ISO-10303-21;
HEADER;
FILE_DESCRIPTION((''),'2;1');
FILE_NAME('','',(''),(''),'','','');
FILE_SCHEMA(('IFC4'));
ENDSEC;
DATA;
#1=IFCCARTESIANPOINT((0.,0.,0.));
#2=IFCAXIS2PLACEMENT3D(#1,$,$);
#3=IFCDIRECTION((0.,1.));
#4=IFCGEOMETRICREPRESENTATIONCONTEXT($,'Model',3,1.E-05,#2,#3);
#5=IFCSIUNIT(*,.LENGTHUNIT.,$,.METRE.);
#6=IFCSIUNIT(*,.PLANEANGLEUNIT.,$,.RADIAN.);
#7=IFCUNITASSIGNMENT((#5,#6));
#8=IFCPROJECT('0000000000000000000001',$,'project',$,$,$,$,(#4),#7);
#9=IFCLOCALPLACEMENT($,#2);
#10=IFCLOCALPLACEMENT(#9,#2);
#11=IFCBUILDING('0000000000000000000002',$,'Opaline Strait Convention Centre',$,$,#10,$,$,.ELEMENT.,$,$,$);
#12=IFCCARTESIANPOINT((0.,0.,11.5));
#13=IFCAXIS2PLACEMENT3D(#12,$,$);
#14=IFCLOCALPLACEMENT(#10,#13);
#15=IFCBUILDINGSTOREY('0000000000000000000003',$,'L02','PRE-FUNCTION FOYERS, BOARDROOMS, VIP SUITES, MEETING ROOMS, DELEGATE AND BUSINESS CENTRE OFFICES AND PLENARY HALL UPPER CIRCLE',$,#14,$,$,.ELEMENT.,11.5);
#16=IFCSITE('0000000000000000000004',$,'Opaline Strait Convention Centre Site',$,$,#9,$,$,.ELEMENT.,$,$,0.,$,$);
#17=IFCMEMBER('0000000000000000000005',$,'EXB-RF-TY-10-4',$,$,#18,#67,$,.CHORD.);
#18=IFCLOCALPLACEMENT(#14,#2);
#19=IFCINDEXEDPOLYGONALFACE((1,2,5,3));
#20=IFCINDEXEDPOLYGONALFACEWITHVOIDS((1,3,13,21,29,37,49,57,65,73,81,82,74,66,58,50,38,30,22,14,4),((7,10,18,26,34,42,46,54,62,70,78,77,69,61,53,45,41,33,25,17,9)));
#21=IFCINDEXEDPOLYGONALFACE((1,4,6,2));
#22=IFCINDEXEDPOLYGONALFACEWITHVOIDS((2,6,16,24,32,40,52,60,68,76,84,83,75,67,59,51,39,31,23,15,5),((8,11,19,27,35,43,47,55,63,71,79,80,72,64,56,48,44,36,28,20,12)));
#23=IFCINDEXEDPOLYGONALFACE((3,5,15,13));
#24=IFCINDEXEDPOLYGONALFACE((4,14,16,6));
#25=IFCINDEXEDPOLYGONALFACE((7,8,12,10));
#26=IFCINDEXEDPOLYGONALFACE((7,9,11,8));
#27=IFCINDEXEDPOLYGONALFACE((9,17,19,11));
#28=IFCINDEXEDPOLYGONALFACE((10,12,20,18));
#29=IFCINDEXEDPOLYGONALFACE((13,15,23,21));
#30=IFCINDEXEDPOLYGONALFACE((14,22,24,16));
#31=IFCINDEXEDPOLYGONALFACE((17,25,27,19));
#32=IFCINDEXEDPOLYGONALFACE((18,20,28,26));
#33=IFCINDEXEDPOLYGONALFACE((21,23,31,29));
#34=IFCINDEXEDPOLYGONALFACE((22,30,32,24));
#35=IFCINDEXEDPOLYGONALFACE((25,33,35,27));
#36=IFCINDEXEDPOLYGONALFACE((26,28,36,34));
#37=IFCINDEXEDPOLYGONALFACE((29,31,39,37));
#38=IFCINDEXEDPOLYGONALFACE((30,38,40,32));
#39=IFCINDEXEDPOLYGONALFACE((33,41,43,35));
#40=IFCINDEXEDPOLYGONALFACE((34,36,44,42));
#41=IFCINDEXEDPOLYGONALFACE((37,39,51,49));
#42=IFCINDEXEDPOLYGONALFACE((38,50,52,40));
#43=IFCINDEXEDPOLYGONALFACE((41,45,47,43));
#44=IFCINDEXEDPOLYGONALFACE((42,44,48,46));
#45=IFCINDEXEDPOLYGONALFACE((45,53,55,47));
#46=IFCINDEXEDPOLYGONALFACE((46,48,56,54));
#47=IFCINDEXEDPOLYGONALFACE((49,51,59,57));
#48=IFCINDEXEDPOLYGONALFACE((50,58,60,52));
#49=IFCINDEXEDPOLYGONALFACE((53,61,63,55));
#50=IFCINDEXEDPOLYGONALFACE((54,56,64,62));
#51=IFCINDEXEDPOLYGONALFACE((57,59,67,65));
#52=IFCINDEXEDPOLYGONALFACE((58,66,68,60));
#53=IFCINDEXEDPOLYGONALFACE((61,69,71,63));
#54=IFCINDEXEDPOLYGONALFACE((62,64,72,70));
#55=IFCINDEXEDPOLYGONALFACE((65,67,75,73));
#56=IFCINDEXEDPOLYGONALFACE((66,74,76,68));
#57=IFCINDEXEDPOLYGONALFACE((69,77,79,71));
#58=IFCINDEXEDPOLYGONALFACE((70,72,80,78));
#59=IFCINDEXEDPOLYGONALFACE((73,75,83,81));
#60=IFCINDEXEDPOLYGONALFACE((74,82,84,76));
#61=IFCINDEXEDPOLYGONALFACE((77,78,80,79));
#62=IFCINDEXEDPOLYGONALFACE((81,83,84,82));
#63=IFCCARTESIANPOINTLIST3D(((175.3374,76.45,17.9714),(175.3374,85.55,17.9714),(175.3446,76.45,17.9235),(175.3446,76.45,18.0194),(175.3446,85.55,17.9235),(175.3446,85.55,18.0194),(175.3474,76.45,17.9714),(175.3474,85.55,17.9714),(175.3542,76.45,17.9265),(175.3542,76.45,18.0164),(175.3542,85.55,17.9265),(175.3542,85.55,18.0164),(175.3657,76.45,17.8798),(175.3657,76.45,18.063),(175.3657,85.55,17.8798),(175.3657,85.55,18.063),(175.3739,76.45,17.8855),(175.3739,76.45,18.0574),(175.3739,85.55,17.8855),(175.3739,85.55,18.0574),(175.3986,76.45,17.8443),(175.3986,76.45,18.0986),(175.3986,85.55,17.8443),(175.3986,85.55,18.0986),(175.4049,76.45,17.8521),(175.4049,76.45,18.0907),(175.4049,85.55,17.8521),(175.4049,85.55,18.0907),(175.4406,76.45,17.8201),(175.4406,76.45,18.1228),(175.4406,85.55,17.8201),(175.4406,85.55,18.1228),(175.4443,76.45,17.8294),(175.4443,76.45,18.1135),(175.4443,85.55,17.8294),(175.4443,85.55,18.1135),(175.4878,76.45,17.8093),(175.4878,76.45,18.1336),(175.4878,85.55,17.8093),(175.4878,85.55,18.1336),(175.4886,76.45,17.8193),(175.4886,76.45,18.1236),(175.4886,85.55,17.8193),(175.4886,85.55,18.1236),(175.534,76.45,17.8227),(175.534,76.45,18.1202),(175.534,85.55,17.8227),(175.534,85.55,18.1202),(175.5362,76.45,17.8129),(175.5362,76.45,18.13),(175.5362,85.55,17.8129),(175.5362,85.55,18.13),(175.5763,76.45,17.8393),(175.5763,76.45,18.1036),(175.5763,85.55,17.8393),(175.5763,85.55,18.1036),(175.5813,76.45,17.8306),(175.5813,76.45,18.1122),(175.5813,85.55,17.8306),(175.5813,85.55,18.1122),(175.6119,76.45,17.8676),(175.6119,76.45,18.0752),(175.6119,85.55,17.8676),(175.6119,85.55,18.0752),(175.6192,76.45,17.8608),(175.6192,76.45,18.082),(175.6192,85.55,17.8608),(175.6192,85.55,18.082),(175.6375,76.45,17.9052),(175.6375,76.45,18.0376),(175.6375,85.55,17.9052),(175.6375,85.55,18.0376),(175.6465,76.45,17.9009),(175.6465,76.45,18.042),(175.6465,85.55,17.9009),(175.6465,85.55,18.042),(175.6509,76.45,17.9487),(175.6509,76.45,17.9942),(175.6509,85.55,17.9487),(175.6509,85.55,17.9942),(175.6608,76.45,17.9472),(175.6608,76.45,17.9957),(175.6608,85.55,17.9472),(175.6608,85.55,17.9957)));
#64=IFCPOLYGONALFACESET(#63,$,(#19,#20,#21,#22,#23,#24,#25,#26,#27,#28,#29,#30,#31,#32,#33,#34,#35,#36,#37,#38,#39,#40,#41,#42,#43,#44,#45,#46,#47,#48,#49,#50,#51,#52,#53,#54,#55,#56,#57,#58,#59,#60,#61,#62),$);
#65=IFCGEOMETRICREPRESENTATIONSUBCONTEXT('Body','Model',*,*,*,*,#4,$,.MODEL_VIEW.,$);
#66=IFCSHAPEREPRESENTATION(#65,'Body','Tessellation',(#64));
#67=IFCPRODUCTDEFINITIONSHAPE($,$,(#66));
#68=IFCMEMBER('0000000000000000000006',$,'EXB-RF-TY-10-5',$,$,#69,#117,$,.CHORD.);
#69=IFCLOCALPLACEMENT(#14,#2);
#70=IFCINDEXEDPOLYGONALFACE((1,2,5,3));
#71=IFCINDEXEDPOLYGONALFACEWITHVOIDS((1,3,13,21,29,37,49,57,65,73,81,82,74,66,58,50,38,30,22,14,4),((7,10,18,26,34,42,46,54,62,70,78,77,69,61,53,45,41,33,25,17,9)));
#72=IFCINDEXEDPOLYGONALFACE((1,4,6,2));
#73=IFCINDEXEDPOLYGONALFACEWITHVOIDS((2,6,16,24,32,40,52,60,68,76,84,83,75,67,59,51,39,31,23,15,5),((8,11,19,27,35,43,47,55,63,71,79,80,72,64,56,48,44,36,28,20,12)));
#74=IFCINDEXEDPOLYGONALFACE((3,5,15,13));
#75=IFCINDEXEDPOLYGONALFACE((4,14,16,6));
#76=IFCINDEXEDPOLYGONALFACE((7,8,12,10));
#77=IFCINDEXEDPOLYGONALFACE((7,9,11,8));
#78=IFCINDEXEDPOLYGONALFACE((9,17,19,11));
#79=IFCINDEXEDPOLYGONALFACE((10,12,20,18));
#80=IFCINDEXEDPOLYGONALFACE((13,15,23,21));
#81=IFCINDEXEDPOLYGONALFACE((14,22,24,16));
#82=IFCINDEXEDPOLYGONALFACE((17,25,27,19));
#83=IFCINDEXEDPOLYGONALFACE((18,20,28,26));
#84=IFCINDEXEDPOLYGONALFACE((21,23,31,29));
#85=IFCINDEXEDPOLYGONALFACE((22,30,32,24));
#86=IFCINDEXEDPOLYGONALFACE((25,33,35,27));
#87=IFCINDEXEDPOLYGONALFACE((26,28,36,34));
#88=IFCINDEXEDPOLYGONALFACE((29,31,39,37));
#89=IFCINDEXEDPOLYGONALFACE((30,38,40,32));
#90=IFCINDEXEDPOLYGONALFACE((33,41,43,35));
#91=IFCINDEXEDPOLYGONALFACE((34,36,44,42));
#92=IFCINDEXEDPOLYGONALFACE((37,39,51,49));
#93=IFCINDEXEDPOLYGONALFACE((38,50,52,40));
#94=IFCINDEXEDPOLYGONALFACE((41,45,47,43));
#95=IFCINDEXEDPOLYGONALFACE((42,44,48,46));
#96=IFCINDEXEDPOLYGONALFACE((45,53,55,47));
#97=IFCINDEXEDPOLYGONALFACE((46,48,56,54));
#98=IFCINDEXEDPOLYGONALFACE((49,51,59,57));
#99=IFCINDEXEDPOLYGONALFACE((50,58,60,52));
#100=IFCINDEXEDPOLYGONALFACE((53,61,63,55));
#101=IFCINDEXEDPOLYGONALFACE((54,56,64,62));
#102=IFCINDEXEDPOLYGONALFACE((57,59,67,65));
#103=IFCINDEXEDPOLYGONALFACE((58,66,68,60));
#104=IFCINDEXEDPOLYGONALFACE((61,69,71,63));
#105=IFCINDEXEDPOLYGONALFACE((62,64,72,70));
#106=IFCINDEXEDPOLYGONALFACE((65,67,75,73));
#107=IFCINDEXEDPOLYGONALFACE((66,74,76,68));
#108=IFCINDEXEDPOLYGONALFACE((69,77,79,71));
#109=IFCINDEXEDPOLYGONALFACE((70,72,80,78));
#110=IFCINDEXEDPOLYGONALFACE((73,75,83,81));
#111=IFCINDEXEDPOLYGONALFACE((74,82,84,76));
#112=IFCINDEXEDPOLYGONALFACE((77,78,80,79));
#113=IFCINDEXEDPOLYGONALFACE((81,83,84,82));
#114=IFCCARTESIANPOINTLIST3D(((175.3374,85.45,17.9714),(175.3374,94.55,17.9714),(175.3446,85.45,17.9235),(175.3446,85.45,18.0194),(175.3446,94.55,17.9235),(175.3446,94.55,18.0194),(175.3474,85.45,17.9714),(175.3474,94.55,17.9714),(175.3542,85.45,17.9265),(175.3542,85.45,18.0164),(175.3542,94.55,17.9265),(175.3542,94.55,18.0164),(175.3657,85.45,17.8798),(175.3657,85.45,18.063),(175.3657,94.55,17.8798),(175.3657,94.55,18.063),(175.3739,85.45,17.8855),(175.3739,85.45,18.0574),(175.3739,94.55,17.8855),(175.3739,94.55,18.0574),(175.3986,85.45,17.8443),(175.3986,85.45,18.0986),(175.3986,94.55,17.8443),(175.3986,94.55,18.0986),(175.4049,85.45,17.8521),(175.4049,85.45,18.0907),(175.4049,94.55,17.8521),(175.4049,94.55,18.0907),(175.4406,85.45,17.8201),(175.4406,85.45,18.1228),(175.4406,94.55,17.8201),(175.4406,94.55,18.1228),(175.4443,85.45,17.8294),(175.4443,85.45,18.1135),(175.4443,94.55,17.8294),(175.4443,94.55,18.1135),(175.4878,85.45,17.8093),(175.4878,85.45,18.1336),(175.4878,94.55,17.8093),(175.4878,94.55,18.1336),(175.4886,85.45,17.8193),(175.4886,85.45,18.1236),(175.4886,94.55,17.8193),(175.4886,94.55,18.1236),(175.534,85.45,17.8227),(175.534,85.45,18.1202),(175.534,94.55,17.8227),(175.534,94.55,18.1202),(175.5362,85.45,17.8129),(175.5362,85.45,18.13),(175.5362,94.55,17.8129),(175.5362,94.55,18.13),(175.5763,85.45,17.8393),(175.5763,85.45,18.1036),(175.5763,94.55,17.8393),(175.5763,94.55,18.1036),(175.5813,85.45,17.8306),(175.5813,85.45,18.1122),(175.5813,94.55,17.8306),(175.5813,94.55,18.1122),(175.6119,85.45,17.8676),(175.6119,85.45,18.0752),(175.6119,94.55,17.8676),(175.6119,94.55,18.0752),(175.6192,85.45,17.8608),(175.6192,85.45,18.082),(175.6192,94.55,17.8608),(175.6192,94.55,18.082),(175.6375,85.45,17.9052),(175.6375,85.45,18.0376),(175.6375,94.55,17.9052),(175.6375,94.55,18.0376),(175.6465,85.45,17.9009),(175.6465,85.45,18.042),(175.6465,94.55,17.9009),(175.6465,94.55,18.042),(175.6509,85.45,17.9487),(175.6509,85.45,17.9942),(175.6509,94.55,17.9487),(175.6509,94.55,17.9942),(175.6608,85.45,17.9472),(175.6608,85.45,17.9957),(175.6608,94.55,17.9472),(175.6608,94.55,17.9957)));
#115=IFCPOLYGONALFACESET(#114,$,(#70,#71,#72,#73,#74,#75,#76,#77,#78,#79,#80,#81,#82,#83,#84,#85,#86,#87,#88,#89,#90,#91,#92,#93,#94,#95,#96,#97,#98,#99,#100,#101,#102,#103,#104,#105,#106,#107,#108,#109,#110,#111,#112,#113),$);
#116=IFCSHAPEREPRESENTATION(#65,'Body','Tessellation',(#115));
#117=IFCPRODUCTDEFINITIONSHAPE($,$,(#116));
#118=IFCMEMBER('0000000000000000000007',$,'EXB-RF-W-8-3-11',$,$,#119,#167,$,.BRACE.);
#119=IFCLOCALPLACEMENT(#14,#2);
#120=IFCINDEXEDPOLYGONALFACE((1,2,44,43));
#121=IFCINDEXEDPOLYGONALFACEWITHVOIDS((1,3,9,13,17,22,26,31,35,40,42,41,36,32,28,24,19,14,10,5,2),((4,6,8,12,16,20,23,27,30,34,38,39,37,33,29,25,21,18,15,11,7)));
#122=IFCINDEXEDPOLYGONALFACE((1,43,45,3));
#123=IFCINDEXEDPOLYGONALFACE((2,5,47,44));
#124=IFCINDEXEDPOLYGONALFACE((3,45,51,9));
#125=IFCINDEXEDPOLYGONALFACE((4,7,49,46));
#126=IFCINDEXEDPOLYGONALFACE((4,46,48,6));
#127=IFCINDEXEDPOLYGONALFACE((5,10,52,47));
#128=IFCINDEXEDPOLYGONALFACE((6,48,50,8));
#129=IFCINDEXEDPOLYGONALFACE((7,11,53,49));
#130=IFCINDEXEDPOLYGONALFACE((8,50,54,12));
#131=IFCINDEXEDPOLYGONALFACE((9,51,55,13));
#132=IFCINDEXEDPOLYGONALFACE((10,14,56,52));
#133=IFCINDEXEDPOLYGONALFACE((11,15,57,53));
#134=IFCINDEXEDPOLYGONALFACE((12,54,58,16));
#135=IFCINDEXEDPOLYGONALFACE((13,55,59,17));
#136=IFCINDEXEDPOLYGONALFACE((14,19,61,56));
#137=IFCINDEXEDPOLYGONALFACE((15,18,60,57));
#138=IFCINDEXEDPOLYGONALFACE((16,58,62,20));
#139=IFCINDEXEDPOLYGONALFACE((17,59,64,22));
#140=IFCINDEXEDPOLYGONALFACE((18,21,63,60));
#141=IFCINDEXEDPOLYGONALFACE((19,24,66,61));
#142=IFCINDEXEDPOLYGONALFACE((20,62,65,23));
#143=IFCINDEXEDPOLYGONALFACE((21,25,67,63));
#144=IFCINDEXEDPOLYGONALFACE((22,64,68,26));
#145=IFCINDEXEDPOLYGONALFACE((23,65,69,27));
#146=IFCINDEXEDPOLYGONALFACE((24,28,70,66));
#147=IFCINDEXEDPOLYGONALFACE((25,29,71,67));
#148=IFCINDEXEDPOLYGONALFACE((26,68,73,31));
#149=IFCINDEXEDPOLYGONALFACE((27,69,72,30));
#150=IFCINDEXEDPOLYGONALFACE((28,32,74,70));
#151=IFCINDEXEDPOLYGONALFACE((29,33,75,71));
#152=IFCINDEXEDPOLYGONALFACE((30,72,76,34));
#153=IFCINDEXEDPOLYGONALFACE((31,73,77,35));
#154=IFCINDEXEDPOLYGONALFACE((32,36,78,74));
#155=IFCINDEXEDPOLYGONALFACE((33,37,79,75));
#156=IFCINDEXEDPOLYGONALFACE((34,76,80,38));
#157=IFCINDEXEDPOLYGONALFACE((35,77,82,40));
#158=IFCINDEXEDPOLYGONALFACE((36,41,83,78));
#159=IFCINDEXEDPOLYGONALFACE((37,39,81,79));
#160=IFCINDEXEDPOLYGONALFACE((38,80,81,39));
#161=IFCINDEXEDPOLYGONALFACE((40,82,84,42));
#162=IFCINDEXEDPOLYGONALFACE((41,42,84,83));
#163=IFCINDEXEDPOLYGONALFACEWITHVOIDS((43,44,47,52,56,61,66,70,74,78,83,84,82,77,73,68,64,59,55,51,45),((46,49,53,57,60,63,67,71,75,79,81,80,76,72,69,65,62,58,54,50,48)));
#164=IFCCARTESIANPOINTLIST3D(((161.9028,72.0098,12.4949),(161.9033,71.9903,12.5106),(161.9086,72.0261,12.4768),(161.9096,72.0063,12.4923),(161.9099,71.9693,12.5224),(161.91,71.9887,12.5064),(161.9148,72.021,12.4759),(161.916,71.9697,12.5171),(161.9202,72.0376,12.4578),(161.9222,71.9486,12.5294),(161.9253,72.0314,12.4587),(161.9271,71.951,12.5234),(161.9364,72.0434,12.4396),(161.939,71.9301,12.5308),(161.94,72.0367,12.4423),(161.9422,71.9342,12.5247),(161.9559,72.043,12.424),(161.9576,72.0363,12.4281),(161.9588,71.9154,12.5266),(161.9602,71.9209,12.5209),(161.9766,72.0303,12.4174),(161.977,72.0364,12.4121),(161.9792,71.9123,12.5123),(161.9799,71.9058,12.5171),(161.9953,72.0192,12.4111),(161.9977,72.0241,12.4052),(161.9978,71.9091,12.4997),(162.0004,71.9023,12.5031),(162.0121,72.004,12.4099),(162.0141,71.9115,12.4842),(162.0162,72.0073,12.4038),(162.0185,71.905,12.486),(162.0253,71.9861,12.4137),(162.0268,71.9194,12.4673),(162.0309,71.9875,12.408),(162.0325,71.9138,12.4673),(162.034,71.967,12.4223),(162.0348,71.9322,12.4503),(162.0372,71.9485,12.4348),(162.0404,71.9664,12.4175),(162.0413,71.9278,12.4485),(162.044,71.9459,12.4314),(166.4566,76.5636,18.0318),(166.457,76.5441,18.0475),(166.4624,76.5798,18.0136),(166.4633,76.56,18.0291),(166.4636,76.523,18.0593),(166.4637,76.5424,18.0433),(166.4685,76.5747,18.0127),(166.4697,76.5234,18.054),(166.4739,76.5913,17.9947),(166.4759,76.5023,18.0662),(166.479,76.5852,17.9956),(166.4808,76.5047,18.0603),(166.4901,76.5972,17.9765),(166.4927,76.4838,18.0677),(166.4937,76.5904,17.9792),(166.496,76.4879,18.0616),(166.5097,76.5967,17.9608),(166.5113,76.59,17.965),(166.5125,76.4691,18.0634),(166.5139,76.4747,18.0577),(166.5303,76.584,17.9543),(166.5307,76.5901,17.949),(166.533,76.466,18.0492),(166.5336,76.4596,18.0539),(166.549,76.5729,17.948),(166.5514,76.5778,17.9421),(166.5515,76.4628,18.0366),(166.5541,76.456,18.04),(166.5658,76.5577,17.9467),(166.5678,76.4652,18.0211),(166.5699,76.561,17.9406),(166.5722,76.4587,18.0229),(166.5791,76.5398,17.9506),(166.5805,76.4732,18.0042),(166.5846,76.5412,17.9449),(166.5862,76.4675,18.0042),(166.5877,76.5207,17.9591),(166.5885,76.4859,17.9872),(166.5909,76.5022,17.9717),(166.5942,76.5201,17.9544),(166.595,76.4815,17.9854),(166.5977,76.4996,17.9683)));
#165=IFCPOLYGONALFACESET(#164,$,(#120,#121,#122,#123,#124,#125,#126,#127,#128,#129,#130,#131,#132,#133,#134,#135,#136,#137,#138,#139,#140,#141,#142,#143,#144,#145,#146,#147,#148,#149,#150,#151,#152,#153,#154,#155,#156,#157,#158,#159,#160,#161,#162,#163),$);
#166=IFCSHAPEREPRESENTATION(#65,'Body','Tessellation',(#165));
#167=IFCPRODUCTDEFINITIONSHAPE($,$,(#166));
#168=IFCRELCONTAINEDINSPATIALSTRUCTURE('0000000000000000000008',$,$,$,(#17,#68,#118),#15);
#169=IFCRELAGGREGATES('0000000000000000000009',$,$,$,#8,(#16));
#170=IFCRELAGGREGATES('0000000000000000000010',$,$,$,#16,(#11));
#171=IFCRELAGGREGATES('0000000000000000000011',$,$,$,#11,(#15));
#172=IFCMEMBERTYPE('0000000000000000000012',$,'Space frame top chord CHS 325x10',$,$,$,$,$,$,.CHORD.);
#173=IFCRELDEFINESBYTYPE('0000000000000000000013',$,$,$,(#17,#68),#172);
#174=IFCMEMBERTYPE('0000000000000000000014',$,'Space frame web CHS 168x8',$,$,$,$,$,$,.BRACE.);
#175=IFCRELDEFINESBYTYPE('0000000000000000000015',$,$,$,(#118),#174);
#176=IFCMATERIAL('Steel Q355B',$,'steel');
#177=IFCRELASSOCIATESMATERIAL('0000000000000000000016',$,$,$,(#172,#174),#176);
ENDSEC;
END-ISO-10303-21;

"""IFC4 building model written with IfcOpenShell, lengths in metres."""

from ifc_helpers import new_model, si_unit, direction, frame, origin, origin_2d, place, context, subcontext, project, spatial, hollow_circle, extrude, material, material_profile, profile_set, type_object, element, save


model = new_model("IFC4")

# Units and contexts
model_context = context("Model", 3, precision=1e-05, world=origin(), true_north=direction((0.0, 1.0)))
body_context = subcontext(model_context, "Body", "Model", "MODEL_VIEW")
ifc_project = project(units=[si_unit("LENGTHUNIT", "METRE"), si_unit("PLANEANGLEUNIT", "RADIAN")], contexts=[model_context])

# Site, building, storey
site_placement = place(None, origin())
site = spatial("IfcSite", under=ifc_project, at=site_placement, Name="Opaline Strait Convention Centre Site", CompositionType="ELEMENT", RefElevation=0.0)
building_placement = place(site_placement, origin())
building = spatial("IfcBuilding", under=site, at=building_placement, Name="Opaline Strait Convention Centre", CompositionType="ELEMENT")
storey_placement = place(building_placement, frame((0.0, 0.0, 11.5)))
storey = spatial("IfcBuildingStorey", under=building, at=storey_placement, Name="L02", Description="PRE-FUNCTION FOYERS, BOARDROOMS, VIP SUITES, MEETING ROOMS, DELEGATE AND BUSINESS CENTRE OFFICES AND PLENARY HALL UPPER CIRCLE", CompositionType="ELEMENT", Elevation=11.5)

# Members
ifc_material_1 = material(Name="Steel Q355B", Category="steel")
ifc_material_profile_1 = material_profile(ifc_material_1, hollow_circle(Radius=0.1626, WallThickness=0.01, at=origin_2d()), Name="CHS 325x10")
ifc_profile_set_1 = profile_set([ifc_material_profile_1], Name="Steel Q355B")
member_type_1 = type_object("IfcMemberType", Name="Space frame top chord CHS 325x10", PredefinedType="CHORD", material=ifc_profile_set_1)
for number, where, z_axis, x_axis, name in (
    (1, (175.5, 76.45, 17.9714), (0.0, 1.0, 0.0), (-1.0, 0.0, 0.0), "EXB-RF-TY-10-4"),
    (2, (175.5, 85.45, 17.9714), (0.0, 1.0, 0.0), (-1.0, 0.0, 0.0), "EXB-RF-TY-10-5"),
):
    element("IfcMember", number, at=place(storey_placement, frame(where, z_axis=z_axis, x_axis=x_axis)), inside=storey, type_object=member_type_1, Name=name, PredefinedType="CHORD", context=body_context, shape_type="SweptSolid", body=[
        extrude(hollow_circle(Radius=0.1626, WallThickness=0.01, at=origin_2d()), origin(), (0.0, 0.0, 1.0), 9.1001),
    ])
ifc_material_profile_2 = material_profile(ifc_material_1, hollow_circle(Radius=0.084, WallThickness=0.0081, at=origin_2d()), Name="CHS 168x8")
ifc_profile_set_2 = profile_set([ifc_material_profile_2], Name="Steel Q355B")
member_type_2 = type_object("IfcMemberType", Name="Space frame web CHS 168x8", PredefinedType="BRACE", material=ifc_profile_set_2)
for number, where, z_axis, x_axis, name in (
    (3, (166.5269, 76.5269, 18.0042), (-0.536178, -0.536178, -0.65194), (0.707107, -0.707107, 0.0), "EXB-RF-W-8-3-11"),
):
    element("IfcMember", number, at=place(storey_placement, frame(where, z_axis=z_axis, x_axis=x_axis)), inside=storey, type_object=member_type_2, Name=name, PredefinedType="BRACE", context=body_context, shape_type="SweptSolid", body=[
        extrude(hollow_circle(Radius=0.084, WallThickness=0.0081, at=origin_2d()), origin(), (0.0, 0.0, 1.0), 8.4929),
    ])

save(model, "model.ifc")
